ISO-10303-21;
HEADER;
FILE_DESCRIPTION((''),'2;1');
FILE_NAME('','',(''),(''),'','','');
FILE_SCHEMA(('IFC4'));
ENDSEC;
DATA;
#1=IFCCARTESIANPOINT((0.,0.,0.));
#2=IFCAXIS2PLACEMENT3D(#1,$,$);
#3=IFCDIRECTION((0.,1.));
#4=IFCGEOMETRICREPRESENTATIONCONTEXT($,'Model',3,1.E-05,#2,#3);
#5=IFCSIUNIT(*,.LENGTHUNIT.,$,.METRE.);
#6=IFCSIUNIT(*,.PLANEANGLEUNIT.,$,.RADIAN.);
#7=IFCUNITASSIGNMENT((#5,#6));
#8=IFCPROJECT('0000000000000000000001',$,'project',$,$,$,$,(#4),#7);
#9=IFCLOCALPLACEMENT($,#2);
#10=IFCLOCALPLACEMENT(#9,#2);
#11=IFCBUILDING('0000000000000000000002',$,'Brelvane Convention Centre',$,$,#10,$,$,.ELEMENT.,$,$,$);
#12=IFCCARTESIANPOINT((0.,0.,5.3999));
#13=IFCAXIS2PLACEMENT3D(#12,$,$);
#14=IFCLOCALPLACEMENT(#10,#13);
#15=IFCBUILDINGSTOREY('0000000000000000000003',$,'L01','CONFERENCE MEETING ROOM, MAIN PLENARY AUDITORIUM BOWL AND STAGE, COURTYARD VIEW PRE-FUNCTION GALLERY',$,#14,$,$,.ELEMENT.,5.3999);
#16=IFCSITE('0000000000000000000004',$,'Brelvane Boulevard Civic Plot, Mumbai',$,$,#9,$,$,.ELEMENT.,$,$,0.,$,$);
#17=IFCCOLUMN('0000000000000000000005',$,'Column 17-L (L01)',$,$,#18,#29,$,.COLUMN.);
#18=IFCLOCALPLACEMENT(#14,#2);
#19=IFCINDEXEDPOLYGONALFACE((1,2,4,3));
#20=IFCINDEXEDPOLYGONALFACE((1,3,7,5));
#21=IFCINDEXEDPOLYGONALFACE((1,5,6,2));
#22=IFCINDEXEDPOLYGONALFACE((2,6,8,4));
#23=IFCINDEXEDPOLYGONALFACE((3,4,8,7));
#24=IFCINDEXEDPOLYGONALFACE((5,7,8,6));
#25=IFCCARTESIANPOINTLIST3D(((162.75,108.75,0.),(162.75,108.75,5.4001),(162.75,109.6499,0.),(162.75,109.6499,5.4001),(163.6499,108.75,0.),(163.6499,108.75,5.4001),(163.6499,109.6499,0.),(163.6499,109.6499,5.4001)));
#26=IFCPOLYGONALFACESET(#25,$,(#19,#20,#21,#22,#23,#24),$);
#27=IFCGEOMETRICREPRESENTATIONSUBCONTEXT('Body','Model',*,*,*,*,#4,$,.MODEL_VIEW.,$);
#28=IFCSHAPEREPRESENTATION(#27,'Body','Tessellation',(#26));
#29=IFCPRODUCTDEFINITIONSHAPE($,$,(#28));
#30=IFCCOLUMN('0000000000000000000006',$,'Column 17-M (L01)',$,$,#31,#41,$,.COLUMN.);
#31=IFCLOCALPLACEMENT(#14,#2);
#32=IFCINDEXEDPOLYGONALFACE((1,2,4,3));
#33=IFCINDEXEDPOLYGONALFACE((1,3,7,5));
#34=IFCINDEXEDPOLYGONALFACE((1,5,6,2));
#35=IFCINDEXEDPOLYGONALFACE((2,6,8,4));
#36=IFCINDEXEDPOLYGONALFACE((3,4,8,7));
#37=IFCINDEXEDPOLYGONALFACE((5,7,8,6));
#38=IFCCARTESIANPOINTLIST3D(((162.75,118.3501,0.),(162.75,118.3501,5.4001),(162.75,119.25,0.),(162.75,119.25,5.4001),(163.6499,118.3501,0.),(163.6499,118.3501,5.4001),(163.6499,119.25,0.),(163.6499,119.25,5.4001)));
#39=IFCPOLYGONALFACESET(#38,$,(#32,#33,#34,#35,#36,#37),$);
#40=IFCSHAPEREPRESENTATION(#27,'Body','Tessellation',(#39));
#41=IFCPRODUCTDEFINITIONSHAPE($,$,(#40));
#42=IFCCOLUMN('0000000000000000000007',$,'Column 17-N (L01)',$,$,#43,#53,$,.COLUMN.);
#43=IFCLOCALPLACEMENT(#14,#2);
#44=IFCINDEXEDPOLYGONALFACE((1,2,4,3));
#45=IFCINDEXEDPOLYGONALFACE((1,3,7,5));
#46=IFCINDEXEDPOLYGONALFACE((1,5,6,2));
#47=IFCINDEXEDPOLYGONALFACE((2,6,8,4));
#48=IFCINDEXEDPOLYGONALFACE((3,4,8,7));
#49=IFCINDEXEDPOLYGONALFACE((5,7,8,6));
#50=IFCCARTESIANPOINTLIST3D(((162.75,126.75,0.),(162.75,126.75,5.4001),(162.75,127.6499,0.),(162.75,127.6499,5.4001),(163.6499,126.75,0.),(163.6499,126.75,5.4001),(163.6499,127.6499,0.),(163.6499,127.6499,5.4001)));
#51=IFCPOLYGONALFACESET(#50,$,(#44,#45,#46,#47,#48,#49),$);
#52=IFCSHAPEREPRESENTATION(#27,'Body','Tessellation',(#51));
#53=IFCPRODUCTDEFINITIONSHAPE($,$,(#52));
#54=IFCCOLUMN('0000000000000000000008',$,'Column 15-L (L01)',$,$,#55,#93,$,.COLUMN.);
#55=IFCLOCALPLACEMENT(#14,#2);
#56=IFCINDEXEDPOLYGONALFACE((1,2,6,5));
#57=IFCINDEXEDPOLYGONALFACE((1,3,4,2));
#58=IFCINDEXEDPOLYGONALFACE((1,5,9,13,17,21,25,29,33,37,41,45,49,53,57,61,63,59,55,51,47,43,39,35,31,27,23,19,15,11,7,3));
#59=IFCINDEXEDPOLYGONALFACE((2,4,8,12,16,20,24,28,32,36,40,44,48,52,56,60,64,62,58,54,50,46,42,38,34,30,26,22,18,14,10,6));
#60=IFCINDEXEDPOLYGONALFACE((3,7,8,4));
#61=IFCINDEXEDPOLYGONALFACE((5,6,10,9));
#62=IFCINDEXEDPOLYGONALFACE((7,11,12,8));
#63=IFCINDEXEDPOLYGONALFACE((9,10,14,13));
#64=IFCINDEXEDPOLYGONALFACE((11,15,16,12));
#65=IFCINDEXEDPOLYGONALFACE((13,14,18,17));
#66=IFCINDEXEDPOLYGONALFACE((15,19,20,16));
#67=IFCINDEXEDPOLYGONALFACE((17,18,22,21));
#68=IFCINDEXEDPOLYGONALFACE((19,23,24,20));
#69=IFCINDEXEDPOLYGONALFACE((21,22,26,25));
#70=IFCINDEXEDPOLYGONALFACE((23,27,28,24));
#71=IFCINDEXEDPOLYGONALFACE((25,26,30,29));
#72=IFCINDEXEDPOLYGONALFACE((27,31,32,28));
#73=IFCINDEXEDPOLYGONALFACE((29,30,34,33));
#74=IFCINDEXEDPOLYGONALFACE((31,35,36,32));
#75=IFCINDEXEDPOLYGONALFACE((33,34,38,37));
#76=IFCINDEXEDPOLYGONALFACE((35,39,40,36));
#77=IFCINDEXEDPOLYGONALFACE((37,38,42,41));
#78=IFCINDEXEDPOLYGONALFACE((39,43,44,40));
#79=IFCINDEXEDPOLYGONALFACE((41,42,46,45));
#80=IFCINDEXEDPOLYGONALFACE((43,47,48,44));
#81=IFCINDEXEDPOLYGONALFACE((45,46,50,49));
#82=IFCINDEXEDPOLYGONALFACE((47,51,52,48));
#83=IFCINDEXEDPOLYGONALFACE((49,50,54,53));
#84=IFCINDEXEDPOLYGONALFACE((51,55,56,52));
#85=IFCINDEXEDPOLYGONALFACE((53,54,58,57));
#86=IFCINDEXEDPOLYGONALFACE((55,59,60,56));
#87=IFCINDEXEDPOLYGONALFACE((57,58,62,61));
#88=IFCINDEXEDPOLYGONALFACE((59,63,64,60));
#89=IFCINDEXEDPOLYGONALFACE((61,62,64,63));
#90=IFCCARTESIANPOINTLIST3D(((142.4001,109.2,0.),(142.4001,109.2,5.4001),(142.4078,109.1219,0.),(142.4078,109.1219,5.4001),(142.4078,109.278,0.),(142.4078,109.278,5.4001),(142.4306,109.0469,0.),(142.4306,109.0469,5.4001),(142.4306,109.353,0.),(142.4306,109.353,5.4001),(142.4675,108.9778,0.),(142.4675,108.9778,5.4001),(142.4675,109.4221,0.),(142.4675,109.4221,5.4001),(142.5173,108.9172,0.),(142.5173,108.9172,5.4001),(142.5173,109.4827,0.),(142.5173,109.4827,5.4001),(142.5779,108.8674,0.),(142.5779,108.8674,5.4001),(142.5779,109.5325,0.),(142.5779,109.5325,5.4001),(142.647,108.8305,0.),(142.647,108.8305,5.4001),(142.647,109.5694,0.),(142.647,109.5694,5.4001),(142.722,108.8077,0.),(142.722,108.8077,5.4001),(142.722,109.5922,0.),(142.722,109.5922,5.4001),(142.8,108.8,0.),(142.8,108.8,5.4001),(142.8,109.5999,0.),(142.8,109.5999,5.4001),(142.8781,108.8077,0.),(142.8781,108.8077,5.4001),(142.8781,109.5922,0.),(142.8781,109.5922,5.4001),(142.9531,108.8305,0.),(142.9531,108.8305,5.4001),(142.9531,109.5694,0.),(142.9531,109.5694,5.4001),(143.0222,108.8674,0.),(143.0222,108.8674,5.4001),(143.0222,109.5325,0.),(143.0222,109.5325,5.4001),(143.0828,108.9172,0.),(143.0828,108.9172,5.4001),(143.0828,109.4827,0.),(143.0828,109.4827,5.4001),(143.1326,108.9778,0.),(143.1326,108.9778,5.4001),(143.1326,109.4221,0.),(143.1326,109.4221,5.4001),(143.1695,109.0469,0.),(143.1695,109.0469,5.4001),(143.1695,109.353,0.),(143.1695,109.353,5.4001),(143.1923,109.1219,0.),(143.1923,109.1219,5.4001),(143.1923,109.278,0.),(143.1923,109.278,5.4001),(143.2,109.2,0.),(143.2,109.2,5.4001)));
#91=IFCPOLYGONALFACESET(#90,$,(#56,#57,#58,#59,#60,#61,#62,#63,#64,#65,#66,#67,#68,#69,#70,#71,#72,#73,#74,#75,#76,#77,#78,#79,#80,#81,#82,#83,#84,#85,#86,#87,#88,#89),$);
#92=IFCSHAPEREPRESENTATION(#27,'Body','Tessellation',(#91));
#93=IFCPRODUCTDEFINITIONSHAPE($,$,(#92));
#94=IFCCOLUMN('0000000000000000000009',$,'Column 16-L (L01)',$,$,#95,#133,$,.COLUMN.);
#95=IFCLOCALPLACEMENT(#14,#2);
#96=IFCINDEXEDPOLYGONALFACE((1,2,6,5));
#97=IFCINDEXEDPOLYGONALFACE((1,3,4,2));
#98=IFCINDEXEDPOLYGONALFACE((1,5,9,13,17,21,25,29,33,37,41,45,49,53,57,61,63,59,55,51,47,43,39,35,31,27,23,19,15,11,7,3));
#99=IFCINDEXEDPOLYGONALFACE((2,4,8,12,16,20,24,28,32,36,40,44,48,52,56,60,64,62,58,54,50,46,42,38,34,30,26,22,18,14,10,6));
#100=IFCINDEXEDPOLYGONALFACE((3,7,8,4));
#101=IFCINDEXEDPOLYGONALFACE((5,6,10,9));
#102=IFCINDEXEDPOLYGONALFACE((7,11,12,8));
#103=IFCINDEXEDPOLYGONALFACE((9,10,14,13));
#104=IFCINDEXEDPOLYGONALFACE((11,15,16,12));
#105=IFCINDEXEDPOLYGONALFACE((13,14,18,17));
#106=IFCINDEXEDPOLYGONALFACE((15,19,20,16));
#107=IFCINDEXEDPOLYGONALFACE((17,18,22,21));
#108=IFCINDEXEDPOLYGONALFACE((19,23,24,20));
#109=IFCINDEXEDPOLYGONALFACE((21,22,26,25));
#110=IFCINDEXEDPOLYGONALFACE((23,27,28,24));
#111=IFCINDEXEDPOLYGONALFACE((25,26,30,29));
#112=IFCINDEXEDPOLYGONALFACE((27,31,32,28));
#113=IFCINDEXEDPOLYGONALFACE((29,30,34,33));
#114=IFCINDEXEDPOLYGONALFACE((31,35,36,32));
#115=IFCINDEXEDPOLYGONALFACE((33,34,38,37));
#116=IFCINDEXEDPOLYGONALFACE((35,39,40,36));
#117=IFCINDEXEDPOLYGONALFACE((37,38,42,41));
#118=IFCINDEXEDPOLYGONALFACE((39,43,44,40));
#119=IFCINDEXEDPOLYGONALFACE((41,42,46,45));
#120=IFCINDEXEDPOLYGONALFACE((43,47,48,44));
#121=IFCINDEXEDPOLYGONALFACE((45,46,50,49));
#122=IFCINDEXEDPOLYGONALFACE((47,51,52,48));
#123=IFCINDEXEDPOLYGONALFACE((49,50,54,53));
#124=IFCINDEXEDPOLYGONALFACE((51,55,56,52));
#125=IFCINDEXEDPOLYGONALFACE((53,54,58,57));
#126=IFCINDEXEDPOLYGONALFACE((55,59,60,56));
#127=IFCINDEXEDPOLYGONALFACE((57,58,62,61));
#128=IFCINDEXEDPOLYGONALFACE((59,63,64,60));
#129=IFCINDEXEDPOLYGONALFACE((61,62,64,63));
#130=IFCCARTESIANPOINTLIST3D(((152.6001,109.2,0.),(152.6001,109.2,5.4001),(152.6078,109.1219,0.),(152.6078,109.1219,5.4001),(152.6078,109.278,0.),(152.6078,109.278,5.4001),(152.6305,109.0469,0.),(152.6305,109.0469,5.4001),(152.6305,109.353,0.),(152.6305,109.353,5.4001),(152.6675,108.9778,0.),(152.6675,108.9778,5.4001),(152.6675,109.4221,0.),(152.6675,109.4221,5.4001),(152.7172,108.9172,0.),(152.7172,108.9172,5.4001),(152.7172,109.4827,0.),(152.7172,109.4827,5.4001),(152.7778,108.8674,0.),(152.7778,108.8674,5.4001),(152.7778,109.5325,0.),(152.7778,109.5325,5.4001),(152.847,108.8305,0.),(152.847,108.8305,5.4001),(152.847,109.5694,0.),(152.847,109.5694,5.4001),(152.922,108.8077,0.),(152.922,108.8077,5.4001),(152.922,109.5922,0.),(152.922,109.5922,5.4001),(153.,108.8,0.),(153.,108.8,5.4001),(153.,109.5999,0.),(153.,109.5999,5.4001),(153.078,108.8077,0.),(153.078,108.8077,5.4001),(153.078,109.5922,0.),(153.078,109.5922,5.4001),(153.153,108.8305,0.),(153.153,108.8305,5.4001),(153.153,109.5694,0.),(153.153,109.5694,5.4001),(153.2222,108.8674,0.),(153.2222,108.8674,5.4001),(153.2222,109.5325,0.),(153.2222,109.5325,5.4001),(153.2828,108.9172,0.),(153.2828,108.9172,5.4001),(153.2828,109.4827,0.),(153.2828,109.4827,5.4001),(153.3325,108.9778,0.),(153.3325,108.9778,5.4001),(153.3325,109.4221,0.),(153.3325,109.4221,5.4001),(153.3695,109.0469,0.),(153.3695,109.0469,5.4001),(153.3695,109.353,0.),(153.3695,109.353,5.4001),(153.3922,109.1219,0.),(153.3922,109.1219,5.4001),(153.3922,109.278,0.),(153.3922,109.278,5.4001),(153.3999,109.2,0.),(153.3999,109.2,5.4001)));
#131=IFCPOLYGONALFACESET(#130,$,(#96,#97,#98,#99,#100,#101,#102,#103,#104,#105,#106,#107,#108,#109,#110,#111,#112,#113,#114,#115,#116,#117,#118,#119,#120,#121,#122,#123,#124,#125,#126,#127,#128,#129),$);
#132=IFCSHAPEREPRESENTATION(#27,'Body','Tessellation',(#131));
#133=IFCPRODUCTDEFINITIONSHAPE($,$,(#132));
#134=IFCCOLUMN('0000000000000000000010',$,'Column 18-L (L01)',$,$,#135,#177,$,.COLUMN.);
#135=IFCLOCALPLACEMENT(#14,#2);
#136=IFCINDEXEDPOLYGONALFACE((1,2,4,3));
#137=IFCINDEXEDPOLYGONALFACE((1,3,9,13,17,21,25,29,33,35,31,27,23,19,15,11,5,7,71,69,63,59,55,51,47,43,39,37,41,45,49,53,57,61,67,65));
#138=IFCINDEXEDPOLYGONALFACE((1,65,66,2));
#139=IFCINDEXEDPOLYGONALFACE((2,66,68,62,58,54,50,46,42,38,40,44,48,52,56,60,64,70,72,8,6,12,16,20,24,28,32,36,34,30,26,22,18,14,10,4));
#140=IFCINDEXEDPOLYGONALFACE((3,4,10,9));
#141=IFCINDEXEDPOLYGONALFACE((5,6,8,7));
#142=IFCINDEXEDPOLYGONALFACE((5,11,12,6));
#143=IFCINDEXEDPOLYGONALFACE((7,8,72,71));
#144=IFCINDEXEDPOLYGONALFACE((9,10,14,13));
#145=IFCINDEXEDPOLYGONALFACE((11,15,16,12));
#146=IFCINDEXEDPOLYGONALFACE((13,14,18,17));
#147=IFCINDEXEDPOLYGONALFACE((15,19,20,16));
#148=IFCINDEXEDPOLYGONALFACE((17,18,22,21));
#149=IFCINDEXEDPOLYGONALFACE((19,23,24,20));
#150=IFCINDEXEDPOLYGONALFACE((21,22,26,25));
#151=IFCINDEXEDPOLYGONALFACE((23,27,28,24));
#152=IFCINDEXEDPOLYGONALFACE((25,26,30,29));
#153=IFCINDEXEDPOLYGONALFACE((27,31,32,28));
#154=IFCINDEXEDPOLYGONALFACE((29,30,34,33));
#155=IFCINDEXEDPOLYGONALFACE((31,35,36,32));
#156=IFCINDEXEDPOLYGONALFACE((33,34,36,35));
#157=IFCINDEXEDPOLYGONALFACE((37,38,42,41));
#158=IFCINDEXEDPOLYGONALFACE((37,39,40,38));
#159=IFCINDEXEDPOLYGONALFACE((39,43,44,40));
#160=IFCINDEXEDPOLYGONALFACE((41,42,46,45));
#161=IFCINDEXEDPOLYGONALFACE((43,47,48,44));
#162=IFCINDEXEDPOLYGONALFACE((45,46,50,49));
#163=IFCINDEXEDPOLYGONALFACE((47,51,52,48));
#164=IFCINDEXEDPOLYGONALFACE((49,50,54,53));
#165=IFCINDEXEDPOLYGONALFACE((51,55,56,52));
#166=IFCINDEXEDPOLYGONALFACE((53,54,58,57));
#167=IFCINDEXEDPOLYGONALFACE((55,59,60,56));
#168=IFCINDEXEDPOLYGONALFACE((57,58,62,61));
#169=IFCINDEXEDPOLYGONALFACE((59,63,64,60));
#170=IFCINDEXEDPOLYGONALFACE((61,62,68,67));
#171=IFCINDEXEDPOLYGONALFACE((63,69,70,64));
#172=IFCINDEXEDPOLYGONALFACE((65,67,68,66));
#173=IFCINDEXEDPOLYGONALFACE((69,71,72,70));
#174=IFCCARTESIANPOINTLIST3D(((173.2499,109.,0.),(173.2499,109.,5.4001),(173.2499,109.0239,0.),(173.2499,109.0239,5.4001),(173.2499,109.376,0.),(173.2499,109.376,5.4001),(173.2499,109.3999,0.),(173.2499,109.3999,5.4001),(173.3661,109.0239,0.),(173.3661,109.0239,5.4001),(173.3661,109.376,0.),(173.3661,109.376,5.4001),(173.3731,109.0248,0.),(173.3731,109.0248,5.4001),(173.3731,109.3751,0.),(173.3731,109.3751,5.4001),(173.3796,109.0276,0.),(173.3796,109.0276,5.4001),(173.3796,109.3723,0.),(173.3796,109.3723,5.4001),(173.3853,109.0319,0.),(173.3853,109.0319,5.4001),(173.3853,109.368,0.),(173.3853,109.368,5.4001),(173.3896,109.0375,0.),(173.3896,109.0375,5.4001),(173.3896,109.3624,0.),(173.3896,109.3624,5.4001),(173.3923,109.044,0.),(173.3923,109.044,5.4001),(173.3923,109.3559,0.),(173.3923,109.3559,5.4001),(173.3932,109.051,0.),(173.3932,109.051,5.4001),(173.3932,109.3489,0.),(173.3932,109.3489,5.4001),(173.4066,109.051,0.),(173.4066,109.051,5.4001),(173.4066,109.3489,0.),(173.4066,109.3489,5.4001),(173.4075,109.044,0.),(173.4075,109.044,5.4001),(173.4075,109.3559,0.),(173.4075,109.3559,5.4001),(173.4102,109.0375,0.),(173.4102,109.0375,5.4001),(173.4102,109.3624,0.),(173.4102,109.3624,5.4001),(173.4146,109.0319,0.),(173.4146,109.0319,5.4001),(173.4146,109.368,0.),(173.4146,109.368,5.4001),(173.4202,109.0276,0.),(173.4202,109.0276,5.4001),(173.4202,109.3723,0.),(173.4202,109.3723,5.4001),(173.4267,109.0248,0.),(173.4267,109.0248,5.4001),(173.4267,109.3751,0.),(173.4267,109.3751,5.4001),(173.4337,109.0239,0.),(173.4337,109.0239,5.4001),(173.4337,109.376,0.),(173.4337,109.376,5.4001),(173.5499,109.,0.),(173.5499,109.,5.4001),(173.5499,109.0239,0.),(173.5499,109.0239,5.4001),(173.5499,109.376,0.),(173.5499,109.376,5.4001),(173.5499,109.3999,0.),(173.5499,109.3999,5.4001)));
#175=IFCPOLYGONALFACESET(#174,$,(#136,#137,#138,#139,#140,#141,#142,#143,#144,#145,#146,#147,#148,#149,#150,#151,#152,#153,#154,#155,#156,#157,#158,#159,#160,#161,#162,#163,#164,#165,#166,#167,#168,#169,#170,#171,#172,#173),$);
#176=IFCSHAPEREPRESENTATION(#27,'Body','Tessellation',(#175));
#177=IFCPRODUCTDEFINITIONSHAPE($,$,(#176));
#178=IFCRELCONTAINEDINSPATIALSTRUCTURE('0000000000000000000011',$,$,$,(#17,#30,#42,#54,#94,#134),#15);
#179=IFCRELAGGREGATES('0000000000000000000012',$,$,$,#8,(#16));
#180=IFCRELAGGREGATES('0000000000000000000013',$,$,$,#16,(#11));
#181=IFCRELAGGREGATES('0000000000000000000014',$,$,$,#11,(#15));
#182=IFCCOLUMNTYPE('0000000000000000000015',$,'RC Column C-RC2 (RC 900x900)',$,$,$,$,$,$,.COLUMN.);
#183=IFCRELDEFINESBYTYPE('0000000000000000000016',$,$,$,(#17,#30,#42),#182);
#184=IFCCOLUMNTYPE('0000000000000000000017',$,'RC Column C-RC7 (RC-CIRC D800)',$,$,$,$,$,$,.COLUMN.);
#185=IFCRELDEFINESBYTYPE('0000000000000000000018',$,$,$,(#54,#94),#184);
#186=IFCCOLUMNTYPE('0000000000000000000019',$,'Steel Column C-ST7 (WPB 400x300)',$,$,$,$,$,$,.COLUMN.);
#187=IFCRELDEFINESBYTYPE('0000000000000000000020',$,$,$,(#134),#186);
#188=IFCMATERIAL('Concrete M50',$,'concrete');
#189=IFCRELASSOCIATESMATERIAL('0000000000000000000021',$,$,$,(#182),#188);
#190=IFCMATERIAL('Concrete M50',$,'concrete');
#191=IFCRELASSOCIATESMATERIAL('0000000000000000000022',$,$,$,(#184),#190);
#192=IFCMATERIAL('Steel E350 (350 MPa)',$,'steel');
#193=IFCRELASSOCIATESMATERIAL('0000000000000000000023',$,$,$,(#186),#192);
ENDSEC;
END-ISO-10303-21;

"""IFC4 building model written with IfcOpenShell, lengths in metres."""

from ifc_helpers import new_model, si_unit, direction, frame, origin, origin_2d, place, context, subcontext, project, spatial, rectangle, circle, i_section, extrude, material, material_profile, profile_set, type_object, element, save


model = new_model("IFC4")

# Units and contexts
model_context = context("Model", 3, precision=1e-05, world=origin(), true_north=direction((0.0, 1.0)))
body_context = subcontext(model_context, "Body", "Model", "MODEL_VIEW")
ifc_project = project(units=[si_unit("LENGTHUNIT", "METRE"), si_unit("PLANEANGLEUNIT", "RADIAN")], contexts=[model_context])

# Site, building, storey
site_placement = place(None, origin())
site = spatial("IfcSite", under=ifc_project, at=site_placement, Name="Brelvane Boulevard Civic Plot, Mumbai", CompositionType="ELEMENT", RefElevation=0.0)
building_placement = place(site_placement, origin())
building = spatial("IfcBuilding", under=site, at=building_placement, Name="Brelvane Convention Centre", CompositionType="ELEMENT")
storey_placement = place(building_placement, frame((0.0, 0.0, 5.3999)))
storey = spatial("IfcBuildingStorey", under=building, at=storey_placement, Name="L01", Description="CONFERENCE MEETING ROOM, MAIN PLENARY AUDITORIUM BOWL AND STAGE, COURTYARD VIEW PRE-FUNCTION GALLERY", CompositionType="ELEMENT", Elevation=5.3999)

# Columns
ifc_material_1 = material(Name="Concrete M50", Category="concrete")
ifc_material_profile_1 = material_profile(ifc_material_1, rectangle(XDim=0.8999, YDim=0.8999, at=origin_2d()), Name="RC 900x900")
ifc_profile_set_1 = profile_set([ifc_material_profile_1], Name="Concrete M50")
column_type_1 = type_object("IfcColumnType", Name="RC Column C-RC2 (RC 900x900)", PredefinedType="COLUMN", material=ifc_profile_set_1)
for number, where, z_axis, x_axis, name in (
    (1, (163.2, 109.2, 0.0), (0.0, 0.0, 1.0), (1.0, 0.0, 0.0), "Column 17-L (L01)"),
    (2, (163.2, 118.8, 0.0), (0.0, 0.0, 1.0), (1.0, 0.0, 0.0), "Column 17-M (L01)"),
    (3, (163.2, 127.2, 0.0), (0.0, 0.0, 1.0), (1.0, 0.0, 0.0), "Column 17-N (L01)"),
):
    element("IfcColumn", number, at=place(storey_placement, frame(where, z_axis=z_axis, x_axis=x_axis)), inside=storey, type_object=column_type_1, Name=name, PredefinedType="COLUMN", context=body_context, shape_type="SweptSolid", body=[
        extrude(rectangle(XDim=0.8999, YDim=0.8999, at=origin_2d()), origin(), (0.0, 0.0, 1.0), 5.4001),
    ])
ifc_material_2 = material(Name="Concrete M50", Category="concrete")
ifc_material_profile_2 = material_profile(ifc_material_2, circle(Radius=0.3999, at=origin_2d()), Name="RC-CIRC D800")
ifc_profile_set_2 = profile_set([ifc_material_profile_2], Name="Concrete M50")
column_type_2 = type_object("IfcColumnType", Name="RC Column C-RC7 (RC-CIRC D800)", PredefinedType="COLUMN", material=ifc_profile_set_2)
for number, where, z_axis, x_axis, name in (
    (4, (142.8, 109.2, 0.0), (0.0, 0.0, 1.0), (1.0, 0.0, 0.0), "Column 15-L (L01)"),
    (5, (153.0, 109.2, 0.0), (0.0, 0.0, 1.0), (1.0, 0.0, 0.0), "Column 16-L (L01)"),
):
    element("IfcColumn", number, at=place(storey_placement, frame(where, z_axis=z_axis, x_axis=x_axis)), inside=storey, type_object=column_type_2, Name=name, PredefinedType="COLUMN", context=body_context, shape_type="SweptSolid", body=[
        extrude(circle(Radius=0.3999, at=origin_2d()), origin(), (0.0, 0.0, 1.0), 5.4001),
    ])
ifc_material_3 = material(Name="Steel E350 (350 MPa)", Category="steel")
ifc_material_profile_3 = material_profile(ifc_material_3, i_section(OverallWidth=0.3, OverallDepth=0.3999, WebThickness=0.0134, FlangeThickness=0.0239, FilletRadius=0.0271, at=origin_2d()), Name="WPB 400x300")
ifc_profile_set_3 = profile_set([ifc_material_profile_3], Name="Steel E350 (350 MPa)")
column_type_3 = type_object("IfcColumnType", Name="Steel Column C-ST7 (WPB 400x300)", PredefinedType="COLUMN", material=ifc_profile_set_3)
for number, where, z_axis, x_axis, name in (
    (6, (173.3999, 109.2, 0.0), (0.0, 0.0, 1.0), (1.0, 0.0, 0.0), "Column 18-L (L01)"),
):
    element("IfcColumn", number, at=place(storey_placement, frame(where, z_axis=z_axis, x_axis=x_axis)), inside=storey, type_object=column_type_3, Name=name, PredefinedType="COLUMN", context=body_context, shape_type="SweptSolid", body=[
        extrude(i_section(OverallWidth=0.3, OverallDepth=0.3999, WebThickness=0.0134, FlangeThickness=0.0239, FilletRadius=0.0271, at=origin_2d()), origin(), (0.0, 0.0, 1.0), 5.4001),
    ])

save(model, "model.ifc")
